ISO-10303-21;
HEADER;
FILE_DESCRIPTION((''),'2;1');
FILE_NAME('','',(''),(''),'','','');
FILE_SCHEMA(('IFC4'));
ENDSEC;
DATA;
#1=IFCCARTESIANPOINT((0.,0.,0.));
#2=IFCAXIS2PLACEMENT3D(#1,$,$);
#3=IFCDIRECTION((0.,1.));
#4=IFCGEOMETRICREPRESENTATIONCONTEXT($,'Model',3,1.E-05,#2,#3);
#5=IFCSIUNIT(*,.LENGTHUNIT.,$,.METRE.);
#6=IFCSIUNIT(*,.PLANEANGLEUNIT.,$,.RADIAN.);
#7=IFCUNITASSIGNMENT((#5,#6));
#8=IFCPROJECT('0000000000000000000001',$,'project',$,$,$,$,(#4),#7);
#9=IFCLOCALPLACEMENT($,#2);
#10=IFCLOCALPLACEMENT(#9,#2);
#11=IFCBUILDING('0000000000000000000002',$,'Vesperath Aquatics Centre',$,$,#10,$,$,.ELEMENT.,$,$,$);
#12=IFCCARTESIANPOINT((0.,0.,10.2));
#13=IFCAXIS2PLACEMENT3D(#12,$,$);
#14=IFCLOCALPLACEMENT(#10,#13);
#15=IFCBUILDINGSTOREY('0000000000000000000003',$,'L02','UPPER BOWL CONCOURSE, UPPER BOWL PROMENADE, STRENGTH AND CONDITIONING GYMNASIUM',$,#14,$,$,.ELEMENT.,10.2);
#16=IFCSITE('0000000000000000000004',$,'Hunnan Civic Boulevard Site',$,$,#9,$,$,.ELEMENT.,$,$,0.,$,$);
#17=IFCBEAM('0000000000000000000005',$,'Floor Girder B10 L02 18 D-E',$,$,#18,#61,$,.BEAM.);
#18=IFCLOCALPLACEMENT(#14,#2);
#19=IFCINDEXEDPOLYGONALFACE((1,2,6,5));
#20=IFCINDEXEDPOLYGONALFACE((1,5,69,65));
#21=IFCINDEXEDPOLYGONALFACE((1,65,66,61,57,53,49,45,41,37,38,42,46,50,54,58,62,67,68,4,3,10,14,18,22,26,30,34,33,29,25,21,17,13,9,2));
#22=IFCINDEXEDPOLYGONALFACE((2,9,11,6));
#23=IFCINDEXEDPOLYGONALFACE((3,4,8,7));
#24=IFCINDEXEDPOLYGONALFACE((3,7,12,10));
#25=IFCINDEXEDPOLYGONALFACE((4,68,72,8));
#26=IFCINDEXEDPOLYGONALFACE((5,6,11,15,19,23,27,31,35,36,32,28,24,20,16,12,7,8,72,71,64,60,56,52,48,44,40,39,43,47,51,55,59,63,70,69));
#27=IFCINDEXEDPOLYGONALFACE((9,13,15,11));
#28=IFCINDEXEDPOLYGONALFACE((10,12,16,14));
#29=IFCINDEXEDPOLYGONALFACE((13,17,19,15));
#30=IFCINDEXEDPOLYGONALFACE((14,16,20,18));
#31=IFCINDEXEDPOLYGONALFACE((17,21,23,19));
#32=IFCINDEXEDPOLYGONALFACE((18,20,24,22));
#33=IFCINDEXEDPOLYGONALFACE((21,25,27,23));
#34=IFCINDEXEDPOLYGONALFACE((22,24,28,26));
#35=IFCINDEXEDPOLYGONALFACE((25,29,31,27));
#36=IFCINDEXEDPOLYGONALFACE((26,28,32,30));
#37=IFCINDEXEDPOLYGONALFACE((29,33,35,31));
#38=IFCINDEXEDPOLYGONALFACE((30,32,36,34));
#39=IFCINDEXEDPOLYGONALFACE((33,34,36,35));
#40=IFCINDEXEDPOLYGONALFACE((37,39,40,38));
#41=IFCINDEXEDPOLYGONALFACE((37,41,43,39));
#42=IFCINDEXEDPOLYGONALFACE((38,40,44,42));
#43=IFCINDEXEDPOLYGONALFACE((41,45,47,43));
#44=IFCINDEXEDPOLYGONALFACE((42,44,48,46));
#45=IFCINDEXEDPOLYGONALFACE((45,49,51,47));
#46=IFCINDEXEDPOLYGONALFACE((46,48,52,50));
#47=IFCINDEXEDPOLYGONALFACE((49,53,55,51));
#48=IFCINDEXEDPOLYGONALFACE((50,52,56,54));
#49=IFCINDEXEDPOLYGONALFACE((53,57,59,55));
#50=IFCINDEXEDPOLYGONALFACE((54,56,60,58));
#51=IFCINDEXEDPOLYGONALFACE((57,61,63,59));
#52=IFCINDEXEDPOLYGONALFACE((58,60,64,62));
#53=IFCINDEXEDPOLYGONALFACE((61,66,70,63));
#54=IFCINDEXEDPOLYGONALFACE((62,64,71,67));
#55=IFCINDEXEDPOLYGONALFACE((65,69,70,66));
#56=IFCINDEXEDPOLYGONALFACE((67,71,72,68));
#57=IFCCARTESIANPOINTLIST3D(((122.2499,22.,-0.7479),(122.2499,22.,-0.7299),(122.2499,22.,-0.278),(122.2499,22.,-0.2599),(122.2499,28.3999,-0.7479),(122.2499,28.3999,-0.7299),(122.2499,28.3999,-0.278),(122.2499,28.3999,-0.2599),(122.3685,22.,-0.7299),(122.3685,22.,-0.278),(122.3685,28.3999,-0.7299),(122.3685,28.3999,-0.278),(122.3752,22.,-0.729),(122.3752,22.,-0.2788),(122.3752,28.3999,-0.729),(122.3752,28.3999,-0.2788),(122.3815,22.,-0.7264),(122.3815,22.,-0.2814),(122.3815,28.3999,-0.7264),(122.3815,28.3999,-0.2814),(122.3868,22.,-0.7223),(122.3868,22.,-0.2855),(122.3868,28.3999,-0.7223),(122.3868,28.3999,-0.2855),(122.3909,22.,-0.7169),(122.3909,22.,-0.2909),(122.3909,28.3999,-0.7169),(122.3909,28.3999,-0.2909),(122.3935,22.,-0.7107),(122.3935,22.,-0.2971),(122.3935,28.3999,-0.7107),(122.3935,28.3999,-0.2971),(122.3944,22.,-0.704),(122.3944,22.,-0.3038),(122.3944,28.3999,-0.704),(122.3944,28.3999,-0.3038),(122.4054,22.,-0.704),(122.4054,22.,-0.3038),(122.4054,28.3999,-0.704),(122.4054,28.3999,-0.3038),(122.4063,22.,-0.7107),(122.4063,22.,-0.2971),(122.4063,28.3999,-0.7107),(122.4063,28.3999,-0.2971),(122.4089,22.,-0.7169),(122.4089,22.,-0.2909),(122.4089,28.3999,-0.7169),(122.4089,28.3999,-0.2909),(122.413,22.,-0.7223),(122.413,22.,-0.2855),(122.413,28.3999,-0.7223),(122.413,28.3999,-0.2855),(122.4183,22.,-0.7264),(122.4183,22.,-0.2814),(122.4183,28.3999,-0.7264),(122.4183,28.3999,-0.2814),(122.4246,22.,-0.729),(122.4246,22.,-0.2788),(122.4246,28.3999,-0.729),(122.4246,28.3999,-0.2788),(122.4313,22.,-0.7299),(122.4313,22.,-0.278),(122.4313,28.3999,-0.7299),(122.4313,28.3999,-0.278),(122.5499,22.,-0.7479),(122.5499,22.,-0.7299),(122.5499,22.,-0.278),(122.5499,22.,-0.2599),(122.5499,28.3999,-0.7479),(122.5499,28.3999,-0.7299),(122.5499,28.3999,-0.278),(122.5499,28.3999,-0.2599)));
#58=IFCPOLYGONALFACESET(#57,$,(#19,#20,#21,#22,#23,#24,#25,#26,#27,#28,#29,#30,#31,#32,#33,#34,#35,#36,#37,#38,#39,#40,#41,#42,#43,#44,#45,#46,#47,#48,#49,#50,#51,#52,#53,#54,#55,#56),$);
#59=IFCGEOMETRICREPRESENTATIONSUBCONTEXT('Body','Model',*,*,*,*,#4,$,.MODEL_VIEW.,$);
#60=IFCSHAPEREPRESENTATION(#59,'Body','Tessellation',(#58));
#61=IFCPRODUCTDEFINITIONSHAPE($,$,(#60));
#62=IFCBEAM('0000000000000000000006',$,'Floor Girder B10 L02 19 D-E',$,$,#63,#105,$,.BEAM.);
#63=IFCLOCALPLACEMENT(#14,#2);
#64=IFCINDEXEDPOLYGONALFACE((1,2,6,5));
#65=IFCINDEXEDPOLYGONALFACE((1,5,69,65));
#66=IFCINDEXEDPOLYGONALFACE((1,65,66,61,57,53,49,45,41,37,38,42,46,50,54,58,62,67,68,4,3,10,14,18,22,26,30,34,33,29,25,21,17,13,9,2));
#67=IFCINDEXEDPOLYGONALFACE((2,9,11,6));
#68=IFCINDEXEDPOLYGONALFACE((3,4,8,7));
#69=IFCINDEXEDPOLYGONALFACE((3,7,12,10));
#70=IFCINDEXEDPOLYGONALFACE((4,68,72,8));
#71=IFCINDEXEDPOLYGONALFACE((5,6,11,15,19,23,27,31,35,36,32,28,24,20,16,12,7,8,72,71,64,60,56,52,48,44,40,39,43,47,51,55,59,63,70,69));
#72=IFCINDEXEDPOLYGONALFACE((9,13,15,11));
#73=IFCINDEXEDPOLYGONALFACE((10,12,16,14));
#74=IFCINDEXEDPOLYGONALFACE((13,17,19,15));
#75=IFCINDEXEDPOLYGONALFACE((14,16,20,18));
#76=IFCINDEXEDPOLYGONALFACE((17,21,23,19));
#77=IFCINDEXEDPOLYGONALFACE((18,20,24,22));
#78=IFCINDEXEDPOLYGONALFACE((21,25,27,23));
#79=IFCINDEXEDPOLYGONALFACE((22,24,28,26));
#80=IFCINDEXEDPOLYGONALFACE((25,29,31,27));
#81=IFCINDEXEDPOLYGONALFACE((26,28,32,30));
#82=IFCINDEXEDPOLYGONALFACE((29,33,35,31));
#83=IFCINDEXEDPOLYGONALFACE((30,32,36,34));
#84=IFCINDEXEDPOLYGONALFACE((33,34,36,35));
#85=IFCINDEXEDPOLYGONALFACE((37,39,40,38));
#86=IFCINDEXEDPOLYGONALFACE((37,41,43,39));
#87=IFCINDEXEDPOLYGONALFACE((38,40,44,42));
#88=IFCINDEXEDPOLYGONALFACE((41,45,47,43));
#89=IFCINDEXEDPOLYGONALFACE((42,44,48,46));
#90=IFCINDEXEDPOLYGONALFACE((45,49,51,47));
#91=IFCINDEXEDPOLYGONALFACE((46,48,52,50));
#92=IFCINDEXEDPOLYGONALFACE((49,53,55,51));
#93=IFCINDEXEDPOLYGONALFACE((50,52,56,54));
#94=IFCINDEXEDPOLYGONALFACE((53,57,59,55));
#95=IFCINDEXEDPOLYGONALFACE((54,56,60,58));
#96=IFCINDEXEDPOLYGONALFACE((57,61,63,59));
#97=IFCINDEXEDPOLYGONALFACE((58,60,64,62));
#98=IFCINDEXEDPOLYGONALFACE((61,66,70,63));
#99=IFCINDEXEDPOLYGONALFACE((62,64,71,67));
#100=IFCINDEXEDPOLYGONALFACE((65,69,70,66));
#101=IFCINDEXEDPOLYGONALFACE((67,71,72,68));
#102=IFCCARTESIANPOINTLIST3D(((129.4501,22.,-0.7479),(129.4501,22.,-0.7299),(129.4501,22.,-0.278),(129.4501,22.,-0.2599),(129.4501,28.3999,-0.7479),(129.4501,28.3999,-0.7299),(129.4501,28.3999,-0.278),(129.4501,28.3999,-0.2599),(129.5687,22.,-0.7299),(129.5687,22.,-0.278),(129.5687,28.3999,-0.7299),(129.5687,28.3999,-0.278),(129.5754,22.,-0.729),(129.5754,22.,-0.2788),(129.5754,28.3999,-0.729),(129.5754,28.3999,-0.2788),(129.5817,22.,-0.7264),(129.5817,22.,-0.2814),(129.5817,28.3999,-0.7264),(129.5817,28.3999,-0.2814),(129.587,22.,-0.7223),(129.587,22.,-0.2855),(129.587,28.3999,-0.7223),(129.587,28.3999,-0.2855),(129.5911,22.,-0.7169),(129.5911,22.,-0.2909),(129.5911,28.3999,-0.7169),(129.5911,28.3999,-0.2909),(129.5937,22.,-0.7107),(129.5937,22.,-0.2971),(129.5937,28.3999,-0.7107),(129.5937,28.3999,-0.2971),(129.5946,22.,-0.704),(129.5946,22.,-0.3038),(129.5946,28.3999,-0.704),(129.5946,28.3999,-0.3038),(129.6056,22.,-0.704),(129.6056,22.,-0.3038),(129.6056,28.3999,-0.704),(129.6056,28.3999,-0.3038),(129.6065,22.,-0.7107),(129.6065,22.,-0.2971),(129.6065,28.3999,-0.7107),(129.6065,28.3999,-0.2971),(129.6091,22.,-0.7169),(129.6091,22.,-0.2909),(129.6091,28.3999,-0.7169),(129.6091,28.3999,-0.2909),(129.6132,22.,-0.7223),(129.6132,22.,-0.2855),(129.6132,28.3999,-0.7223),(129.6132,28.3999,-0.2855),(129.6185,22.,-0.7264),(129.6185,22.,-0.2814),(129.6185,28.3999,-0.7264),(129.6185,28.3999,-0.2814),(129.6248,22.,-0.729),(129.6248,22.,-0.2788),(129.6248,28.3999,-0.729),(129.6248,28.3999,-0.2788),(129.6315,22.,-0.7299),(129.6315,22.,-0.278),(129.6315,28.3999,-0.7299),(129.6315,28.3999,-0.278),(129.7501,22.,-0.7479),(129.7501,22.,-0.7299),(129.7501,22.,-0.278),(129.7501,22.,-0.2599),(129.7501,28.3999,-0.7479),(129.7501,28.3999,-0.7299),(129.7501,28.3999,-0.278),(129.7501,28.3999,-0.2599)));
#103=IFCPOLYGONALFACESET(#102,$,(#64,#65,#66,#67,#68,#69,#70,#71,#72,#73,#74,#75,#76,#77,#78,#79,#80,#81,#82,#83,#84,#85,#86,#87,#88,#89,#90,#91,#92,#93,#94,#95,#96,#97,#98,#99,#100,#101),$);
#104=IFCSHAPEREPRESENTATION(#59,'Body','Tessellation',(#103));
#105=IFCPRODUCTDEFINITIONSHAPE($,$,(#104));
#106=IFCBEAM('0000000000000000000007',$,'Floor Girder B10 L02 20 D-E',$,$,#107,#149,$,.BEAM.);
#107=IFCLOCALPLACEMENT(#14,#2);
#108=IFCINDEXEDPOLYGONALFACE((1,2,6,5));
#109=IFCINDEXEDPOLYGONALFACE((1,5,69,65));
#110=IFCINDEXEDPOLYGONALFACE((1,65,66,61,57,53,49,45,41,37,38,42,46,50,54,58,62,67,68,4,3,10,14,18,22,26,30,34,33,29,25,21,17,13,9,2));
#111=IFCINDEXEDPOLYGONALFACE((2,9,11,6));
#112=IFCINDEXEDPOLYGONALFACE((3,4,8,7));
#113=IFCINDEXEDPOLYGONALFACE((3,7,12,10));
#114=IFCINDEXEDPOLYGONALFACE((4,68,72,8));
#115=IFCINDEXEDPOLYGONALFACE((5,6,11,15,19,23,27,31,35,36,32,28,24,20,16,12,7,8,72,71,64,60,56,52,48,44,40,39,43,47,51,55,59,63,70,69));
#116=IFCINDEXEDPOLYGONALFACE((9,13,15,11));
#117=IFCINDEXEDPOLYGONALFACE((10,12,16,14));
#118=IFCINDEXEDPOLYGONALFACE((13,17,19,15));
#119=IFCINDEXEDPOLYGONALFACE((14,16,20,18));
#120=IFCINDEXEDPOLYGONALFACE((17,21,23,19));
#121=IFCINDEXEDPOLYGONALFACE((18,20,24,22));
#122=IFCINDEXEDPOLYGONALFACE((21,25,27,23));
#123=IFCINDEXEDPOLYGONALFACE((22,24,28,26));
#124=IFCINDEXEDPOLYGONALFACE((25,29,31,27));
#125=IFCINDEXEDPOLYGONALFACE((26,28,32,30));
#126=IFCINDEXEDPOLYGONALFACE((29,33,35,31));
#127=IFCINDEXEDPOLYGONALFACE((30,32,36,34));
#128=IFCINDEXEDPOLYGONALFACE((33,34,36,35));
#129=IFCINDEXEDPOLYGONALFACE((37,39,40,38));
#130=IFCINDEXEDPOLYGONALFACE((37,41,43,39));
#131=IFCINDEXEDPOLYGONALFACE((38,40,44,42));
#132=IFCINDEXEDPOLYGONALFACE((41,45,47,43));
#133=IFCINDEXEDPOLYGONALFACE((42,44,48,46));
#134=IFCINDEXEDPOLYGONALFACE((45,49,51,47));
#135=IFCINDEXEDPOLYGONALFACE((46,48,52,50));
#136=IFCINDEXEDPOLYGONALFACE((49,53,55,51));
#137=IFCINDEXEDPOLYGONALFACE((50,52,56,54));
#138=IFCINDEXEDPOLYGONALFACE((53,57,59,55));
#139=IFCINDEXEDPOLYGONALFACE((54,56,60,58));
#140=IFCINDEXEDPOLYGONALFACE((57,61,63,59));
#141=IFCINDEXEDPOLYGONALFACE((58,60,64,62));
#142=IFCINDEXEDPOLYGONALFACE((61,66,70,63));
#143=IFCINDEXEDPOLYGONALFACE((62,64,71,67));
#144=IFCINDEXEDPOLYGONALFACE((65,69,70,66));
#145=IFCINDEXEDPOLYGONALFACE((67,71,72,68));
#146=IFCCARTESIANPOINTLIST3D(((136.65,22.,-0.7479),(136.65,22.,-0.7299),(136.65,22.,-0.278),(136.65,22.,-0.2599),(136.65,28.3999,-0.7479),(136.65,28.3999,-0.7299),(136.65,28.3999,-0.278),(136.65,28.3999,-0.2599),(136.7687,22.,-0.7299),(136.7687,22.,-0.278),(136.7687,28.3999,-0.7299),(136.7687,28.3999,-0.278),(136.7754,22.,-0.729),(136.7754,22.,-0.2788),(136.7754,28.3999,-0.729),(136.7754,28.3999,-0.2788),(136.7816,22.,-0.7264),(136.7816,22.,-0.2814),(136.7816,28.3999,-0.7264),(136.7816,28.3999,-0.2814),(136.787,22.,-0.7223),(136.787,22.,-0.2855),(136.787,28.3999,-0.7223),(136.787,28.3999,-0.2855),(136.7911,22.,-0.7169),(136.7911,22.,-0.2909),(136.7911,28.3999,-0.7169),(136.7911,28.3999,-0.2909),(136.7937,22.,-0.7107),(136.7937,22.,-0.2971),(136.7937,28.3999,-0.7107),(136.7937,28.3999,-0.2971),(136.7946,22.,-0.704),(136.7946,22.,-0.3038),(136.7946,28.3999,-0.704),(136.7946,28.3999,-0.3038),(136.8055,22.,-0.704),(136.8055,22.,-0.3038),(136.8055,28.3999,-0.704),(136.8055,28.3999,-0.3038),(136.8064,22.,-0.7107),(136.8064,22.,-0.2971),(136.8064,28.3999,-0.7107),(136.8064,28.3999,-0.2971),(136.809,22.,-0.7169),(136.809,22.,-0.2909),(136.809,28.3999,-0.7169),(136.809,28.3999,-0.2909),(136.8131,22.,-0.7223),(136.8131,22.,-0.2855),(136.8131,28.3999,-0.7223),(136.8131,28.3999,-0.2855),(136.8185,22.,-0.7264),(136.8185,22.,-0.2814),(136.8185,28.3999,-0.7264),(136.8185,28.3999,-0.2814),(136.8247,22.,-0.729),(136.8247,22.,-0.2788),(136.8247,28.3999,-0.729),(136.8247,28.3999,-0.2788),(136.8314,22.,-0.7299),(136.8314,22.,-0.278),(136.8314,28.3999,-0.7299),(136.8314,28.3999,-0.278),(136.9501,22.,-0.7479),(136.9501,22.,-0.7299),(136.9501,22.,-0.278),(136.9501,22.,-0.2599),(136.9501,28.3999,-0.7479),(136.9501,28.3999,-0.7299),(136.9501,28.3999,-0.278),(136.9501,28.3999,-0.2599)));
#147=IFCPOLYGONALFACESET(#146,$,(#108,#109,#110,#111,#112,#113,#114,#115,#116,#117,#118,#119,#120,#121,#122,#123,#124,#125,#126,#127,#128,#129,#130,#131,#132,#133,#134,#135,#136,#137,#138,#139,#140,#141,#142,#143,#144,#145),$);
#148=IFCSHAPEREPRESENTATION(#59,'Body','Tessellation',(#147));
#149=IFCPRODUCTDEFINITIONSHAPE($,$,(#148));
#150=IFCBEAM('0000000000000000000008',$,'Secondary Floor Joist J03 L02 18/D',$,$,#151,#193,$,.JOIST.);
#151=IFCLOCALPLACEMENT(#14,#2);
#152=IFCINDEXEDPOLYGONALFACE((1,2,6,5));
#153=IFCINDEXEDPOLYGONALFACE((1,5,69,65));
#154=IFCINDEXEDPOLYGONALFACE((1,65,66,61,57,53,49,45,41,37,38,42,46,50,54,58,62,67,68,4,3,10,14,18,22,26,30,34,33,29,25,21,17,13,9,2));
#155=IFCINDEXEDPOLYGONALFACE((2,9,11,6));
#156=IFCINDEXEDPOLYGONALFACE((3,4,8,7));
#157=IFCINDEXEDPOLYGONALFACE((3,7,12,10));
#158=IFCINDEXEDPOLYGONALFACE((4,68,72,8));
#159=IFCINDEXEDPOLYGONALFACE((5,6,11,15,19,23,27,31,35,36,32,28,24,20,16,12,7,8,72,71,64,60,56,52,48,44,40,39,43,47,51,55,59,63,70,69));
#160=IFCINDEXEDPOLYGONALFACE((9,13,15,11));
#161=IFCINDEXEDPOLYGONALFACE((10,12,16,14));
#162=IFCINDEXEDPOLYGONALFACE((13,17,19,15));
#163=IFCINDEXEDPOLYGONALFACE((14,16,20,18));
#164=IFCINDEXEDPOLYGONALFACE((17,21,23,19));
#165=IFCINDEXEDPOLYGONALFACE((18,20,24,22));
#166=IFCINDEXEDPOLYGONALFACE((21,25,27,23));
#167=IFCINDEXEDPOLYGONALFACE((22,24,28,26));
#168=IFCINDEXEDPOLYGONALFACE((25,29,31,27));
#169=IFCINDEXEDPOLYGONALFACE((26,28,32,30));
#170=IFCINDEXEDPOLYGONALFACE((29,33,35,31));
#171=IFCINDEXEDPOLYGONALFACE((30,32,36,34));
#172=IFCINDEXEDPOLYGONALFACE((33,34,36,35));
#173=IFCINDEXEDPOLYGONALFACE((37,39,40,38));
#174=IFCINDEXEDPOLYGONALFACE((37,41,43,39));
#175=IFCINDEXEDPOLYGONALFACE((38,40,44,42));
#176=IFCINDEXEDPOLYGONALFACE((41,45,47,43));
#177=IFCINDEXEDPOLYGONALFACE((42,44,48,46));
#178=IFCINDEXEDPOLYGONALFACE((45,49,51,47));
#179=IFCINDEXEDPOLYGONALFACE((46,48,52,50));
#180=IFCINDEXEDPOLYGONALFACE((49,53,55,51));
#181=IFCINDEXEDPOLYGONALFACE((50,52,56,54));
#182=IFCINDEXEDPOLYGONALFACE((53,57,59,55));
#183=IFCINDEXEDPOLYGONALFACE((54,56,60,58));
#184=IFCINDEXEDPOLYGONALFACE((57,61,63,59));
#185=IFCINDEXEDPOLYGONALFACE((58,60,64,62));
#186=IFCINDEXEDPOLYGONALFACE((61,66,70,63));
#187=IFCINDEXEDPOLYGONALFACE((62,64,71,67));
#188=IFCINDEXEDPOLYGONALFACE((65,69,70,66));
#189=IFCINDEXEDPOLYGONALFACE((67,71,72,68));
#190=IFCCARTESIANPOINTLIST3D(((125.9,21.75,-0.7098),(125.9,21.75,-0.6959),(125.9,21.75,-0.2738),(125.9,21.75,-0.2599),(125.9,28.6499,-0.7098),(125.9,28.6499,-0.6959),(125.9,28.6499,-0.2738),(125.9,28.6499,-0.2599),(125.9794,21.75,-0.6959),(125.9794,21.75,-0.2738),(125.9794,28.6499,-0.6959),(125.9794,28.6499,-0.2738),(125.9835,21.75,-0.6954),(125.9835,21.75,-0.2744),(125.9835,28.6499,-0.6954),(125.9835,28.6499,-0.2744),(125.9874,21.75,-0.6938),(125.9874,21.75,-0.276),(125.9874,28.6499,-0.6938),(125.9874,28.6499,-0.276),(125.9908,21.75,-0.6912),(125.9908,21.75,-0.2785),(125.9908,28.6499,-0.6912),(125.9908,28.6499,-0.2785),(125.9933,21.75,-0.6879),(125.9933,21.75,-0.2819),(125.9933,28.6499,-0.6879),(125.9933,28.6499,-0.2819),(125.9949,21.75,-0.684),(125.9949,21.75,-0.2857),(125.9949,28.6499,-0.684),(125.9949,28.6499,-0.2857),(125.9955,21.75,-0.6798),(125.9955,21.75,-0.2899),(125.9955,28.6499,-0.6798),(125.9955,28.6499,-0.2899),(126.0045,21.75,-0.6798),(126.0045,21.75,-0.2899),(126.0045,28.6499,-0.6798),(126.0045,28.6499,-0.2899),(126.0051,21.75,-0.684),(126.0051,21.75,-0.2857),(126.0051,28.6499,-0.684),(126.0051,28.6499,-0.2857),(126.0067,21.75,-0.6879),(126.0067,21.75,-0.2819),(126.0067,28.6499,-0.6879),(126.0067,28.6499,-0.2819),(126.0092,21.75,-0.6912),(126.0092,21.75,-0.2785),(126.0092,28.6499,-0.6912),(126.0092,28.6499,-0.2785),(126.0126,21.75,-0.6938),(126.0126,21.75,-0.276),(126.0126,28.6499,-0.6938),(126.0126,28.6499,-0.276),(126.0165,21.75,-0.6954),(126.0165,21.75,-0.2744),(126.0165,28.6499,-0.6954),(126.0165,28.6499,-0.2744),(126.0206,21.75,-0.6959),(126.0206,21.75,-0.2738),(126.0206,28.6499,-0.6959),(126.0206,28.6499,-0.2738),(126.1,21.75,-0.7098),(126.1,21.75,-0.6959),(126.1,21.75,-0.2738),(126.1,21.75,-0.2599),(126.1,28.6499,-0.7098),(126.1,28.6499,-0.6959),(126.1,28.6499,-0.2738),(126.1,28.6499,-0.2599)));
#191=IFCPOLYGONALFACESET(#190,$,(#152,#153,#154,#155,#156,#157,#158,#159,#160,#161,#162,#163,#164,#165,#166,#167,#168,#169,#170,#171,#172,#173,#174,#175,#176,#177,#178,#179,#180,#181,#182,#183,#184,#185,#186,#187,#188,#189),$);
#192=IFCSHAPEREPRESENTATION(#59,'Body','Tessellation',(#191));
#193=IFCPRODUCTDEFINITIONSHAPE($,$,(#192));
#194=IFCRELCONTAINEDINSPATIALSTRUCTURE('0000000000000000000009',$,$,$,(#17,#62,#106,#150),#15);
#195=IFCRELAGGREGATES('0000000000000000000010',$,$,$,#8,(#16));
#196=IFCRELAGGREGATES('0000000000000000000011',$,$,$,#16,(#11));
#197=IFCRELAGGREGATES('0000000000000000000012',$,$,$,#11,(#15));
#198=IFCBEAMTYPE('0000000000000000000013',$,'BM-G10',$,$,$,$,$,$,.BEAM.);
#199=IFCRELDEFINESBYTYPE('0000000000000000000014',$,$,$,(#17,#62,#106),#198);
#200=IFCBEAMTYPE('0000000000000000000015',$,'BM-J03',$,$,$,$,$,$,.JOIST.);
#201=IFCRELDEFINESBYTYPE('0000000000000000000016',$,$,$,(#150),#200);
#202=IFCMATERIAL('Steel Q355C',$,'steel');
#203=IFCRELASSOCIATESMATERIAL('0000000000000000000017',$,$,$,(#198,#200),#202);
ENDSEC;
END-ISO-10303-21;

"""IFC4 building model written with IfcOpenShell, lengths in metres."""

from ifc_helpers import new_model, si_unit, direction, frame, origin, origin_2d, place, context, subcontext, project, spatial, i_section, extrude, material, material_profile, profile_set, type_object, element, save


model = new_model("IFC4")

# Units and contexts
model_context = context("Model", 3, precision=1e-05, world=origin(), true_north=direction((0.0, 1.0)))
body_context = subcontext(model_context, "Body", "Model", "MODEL_VIEW")
ifc_project = project(units=[si_unit("LENGTHUNIT", "METRE"), si_unit("PLANEANGLEUNIT", "RADIAN")], contexts=[model_context])

# Site, building, storey
site_placement = place(None, origin())
site = spatial("IfcSite", under=ifc_project, at=site_placement, Name="Hunnan Civic Boulevard Site", CompositionType="ELEMENT", RefElevation=0.0)
building_placement = place(site_placement, origin())
building = spatial("IfcBuilding", under=site, at=building_placement, Name="Vesperath Aquatics Centre", CompositionType="ELEMENT")
storey_placement = place(building_placement, frame((0.0, 0.0, 10.2)))
storey = spatial("IfcBuildingStorey", under=building, at=storey_placement, Name="L02", Description="UPPER BOWL CONCOURSE, UPPER BOWL PROMENADE, STRENGTH AND CONDITIONING GYMNASIUM", CompositionType="ELEMENT", Elevation=10.2)

# Beams
ifc_material_1 = material(Name="Steel Q355C", Category="steel")
ifc_material_profile_1 = material_profile(ifc_material_1, i_section(OverallWidth=0.3, OverallDepth=0.488, WebThickness=0.011, FlangeThickness=0.0181, FilletRadius=0.0259, at=origin_2d()), Name="HM 488x300x11x18")
ifc_profile_set_1 = profile_set([ifc_material_profile_1], Name="Steel Q355C")
beam_type_1 = type_object("IfcBeamType", Name="BM-G10", PredefinedType="BEAM", material=ifc_profile_set_1)
for number, where, z_axis, x_axis, name in (
    (1, (122.3999, 22.0, -0.5039), (0.0, 1.0, 0.0), (-1.0, 0.0, 0.0), "Floor Girder B10 L02 18 D-E"),
    (2, (129.6001, 22.0, -0.5039), (0.0, 1.0, 0.0), (-1.0, 0.0, 0.0), "Floor Girder B10 L02 19 D-E"),
    (3, (136.8, 22.0, -0.5039), (0.0, 1.0, 0.0), (-1.0, 0.0, 0.0), "Floor Girder B10 L02 20 D-E"),
):
    element("IfcBeam", number, at=place(storey_placement, frame(where, z_axis=z_axis, x_axis=x_axis)), inside=storey, type_object=beam_type_1, Name=name, PredefinedType="BEAM", context=body_context, shape_type="SweptSolid", body=[
        extrude(i_section(OverallWidth=0.3, OverallDepth=0.488, WebThickness=0.011, FlangeThickness=0.0181, FilletRadius=0.0259, at=origin_2d()), origin(), (0.0, 0.0, 1.0), 6.3999),
    ])
ifc_material_profile_2 = material_profile(ifc_material_1, i_section(OverallWidth=0.2, OverallDepth=0.45, WebThickness=0.009, FlangeThickness=0.0139, FilletRadius=0.0161, at=origin_2d()), Name="HN 450x200x9x14")
ifc_profile_set_2 = profile_set([ifc_material_profile_2], Name="Steel Q355C")
beam_type_2 = type_object("IfcBeamType", Name="BM-J03", PredefinedType="JOIST", material=ifc_profile_set_2)
for number, where, z_axis, x_axis, name in (
    (4, (126.0, 21.75, -0.4849), (0.0, 1.0, 0.0), (-1.0, 0.0, 0.0), "Secondary Floor Joist J03 L02 18/D"),
):
    element("IfcBeam", number, at=place(storey_placement, frame(where, z_axis=z_axis, x_axis=x_axis)), inside=storey, type_object=beam_type_2, Name=name, PredefinedType="JOIST", context=body_context, shape_type="SweptSolid", body=[
        extrude(i_section(OverallWidth=0.2, OverallDepth=0.45, WebThickness=0.009, FlangeThickness=0.0139, FilletRadius=0.0161, at=origin_2d()), origin(), (0.0, 0.0, 1.0), 6.8999),
    ])

save(model, "model.ifc")
